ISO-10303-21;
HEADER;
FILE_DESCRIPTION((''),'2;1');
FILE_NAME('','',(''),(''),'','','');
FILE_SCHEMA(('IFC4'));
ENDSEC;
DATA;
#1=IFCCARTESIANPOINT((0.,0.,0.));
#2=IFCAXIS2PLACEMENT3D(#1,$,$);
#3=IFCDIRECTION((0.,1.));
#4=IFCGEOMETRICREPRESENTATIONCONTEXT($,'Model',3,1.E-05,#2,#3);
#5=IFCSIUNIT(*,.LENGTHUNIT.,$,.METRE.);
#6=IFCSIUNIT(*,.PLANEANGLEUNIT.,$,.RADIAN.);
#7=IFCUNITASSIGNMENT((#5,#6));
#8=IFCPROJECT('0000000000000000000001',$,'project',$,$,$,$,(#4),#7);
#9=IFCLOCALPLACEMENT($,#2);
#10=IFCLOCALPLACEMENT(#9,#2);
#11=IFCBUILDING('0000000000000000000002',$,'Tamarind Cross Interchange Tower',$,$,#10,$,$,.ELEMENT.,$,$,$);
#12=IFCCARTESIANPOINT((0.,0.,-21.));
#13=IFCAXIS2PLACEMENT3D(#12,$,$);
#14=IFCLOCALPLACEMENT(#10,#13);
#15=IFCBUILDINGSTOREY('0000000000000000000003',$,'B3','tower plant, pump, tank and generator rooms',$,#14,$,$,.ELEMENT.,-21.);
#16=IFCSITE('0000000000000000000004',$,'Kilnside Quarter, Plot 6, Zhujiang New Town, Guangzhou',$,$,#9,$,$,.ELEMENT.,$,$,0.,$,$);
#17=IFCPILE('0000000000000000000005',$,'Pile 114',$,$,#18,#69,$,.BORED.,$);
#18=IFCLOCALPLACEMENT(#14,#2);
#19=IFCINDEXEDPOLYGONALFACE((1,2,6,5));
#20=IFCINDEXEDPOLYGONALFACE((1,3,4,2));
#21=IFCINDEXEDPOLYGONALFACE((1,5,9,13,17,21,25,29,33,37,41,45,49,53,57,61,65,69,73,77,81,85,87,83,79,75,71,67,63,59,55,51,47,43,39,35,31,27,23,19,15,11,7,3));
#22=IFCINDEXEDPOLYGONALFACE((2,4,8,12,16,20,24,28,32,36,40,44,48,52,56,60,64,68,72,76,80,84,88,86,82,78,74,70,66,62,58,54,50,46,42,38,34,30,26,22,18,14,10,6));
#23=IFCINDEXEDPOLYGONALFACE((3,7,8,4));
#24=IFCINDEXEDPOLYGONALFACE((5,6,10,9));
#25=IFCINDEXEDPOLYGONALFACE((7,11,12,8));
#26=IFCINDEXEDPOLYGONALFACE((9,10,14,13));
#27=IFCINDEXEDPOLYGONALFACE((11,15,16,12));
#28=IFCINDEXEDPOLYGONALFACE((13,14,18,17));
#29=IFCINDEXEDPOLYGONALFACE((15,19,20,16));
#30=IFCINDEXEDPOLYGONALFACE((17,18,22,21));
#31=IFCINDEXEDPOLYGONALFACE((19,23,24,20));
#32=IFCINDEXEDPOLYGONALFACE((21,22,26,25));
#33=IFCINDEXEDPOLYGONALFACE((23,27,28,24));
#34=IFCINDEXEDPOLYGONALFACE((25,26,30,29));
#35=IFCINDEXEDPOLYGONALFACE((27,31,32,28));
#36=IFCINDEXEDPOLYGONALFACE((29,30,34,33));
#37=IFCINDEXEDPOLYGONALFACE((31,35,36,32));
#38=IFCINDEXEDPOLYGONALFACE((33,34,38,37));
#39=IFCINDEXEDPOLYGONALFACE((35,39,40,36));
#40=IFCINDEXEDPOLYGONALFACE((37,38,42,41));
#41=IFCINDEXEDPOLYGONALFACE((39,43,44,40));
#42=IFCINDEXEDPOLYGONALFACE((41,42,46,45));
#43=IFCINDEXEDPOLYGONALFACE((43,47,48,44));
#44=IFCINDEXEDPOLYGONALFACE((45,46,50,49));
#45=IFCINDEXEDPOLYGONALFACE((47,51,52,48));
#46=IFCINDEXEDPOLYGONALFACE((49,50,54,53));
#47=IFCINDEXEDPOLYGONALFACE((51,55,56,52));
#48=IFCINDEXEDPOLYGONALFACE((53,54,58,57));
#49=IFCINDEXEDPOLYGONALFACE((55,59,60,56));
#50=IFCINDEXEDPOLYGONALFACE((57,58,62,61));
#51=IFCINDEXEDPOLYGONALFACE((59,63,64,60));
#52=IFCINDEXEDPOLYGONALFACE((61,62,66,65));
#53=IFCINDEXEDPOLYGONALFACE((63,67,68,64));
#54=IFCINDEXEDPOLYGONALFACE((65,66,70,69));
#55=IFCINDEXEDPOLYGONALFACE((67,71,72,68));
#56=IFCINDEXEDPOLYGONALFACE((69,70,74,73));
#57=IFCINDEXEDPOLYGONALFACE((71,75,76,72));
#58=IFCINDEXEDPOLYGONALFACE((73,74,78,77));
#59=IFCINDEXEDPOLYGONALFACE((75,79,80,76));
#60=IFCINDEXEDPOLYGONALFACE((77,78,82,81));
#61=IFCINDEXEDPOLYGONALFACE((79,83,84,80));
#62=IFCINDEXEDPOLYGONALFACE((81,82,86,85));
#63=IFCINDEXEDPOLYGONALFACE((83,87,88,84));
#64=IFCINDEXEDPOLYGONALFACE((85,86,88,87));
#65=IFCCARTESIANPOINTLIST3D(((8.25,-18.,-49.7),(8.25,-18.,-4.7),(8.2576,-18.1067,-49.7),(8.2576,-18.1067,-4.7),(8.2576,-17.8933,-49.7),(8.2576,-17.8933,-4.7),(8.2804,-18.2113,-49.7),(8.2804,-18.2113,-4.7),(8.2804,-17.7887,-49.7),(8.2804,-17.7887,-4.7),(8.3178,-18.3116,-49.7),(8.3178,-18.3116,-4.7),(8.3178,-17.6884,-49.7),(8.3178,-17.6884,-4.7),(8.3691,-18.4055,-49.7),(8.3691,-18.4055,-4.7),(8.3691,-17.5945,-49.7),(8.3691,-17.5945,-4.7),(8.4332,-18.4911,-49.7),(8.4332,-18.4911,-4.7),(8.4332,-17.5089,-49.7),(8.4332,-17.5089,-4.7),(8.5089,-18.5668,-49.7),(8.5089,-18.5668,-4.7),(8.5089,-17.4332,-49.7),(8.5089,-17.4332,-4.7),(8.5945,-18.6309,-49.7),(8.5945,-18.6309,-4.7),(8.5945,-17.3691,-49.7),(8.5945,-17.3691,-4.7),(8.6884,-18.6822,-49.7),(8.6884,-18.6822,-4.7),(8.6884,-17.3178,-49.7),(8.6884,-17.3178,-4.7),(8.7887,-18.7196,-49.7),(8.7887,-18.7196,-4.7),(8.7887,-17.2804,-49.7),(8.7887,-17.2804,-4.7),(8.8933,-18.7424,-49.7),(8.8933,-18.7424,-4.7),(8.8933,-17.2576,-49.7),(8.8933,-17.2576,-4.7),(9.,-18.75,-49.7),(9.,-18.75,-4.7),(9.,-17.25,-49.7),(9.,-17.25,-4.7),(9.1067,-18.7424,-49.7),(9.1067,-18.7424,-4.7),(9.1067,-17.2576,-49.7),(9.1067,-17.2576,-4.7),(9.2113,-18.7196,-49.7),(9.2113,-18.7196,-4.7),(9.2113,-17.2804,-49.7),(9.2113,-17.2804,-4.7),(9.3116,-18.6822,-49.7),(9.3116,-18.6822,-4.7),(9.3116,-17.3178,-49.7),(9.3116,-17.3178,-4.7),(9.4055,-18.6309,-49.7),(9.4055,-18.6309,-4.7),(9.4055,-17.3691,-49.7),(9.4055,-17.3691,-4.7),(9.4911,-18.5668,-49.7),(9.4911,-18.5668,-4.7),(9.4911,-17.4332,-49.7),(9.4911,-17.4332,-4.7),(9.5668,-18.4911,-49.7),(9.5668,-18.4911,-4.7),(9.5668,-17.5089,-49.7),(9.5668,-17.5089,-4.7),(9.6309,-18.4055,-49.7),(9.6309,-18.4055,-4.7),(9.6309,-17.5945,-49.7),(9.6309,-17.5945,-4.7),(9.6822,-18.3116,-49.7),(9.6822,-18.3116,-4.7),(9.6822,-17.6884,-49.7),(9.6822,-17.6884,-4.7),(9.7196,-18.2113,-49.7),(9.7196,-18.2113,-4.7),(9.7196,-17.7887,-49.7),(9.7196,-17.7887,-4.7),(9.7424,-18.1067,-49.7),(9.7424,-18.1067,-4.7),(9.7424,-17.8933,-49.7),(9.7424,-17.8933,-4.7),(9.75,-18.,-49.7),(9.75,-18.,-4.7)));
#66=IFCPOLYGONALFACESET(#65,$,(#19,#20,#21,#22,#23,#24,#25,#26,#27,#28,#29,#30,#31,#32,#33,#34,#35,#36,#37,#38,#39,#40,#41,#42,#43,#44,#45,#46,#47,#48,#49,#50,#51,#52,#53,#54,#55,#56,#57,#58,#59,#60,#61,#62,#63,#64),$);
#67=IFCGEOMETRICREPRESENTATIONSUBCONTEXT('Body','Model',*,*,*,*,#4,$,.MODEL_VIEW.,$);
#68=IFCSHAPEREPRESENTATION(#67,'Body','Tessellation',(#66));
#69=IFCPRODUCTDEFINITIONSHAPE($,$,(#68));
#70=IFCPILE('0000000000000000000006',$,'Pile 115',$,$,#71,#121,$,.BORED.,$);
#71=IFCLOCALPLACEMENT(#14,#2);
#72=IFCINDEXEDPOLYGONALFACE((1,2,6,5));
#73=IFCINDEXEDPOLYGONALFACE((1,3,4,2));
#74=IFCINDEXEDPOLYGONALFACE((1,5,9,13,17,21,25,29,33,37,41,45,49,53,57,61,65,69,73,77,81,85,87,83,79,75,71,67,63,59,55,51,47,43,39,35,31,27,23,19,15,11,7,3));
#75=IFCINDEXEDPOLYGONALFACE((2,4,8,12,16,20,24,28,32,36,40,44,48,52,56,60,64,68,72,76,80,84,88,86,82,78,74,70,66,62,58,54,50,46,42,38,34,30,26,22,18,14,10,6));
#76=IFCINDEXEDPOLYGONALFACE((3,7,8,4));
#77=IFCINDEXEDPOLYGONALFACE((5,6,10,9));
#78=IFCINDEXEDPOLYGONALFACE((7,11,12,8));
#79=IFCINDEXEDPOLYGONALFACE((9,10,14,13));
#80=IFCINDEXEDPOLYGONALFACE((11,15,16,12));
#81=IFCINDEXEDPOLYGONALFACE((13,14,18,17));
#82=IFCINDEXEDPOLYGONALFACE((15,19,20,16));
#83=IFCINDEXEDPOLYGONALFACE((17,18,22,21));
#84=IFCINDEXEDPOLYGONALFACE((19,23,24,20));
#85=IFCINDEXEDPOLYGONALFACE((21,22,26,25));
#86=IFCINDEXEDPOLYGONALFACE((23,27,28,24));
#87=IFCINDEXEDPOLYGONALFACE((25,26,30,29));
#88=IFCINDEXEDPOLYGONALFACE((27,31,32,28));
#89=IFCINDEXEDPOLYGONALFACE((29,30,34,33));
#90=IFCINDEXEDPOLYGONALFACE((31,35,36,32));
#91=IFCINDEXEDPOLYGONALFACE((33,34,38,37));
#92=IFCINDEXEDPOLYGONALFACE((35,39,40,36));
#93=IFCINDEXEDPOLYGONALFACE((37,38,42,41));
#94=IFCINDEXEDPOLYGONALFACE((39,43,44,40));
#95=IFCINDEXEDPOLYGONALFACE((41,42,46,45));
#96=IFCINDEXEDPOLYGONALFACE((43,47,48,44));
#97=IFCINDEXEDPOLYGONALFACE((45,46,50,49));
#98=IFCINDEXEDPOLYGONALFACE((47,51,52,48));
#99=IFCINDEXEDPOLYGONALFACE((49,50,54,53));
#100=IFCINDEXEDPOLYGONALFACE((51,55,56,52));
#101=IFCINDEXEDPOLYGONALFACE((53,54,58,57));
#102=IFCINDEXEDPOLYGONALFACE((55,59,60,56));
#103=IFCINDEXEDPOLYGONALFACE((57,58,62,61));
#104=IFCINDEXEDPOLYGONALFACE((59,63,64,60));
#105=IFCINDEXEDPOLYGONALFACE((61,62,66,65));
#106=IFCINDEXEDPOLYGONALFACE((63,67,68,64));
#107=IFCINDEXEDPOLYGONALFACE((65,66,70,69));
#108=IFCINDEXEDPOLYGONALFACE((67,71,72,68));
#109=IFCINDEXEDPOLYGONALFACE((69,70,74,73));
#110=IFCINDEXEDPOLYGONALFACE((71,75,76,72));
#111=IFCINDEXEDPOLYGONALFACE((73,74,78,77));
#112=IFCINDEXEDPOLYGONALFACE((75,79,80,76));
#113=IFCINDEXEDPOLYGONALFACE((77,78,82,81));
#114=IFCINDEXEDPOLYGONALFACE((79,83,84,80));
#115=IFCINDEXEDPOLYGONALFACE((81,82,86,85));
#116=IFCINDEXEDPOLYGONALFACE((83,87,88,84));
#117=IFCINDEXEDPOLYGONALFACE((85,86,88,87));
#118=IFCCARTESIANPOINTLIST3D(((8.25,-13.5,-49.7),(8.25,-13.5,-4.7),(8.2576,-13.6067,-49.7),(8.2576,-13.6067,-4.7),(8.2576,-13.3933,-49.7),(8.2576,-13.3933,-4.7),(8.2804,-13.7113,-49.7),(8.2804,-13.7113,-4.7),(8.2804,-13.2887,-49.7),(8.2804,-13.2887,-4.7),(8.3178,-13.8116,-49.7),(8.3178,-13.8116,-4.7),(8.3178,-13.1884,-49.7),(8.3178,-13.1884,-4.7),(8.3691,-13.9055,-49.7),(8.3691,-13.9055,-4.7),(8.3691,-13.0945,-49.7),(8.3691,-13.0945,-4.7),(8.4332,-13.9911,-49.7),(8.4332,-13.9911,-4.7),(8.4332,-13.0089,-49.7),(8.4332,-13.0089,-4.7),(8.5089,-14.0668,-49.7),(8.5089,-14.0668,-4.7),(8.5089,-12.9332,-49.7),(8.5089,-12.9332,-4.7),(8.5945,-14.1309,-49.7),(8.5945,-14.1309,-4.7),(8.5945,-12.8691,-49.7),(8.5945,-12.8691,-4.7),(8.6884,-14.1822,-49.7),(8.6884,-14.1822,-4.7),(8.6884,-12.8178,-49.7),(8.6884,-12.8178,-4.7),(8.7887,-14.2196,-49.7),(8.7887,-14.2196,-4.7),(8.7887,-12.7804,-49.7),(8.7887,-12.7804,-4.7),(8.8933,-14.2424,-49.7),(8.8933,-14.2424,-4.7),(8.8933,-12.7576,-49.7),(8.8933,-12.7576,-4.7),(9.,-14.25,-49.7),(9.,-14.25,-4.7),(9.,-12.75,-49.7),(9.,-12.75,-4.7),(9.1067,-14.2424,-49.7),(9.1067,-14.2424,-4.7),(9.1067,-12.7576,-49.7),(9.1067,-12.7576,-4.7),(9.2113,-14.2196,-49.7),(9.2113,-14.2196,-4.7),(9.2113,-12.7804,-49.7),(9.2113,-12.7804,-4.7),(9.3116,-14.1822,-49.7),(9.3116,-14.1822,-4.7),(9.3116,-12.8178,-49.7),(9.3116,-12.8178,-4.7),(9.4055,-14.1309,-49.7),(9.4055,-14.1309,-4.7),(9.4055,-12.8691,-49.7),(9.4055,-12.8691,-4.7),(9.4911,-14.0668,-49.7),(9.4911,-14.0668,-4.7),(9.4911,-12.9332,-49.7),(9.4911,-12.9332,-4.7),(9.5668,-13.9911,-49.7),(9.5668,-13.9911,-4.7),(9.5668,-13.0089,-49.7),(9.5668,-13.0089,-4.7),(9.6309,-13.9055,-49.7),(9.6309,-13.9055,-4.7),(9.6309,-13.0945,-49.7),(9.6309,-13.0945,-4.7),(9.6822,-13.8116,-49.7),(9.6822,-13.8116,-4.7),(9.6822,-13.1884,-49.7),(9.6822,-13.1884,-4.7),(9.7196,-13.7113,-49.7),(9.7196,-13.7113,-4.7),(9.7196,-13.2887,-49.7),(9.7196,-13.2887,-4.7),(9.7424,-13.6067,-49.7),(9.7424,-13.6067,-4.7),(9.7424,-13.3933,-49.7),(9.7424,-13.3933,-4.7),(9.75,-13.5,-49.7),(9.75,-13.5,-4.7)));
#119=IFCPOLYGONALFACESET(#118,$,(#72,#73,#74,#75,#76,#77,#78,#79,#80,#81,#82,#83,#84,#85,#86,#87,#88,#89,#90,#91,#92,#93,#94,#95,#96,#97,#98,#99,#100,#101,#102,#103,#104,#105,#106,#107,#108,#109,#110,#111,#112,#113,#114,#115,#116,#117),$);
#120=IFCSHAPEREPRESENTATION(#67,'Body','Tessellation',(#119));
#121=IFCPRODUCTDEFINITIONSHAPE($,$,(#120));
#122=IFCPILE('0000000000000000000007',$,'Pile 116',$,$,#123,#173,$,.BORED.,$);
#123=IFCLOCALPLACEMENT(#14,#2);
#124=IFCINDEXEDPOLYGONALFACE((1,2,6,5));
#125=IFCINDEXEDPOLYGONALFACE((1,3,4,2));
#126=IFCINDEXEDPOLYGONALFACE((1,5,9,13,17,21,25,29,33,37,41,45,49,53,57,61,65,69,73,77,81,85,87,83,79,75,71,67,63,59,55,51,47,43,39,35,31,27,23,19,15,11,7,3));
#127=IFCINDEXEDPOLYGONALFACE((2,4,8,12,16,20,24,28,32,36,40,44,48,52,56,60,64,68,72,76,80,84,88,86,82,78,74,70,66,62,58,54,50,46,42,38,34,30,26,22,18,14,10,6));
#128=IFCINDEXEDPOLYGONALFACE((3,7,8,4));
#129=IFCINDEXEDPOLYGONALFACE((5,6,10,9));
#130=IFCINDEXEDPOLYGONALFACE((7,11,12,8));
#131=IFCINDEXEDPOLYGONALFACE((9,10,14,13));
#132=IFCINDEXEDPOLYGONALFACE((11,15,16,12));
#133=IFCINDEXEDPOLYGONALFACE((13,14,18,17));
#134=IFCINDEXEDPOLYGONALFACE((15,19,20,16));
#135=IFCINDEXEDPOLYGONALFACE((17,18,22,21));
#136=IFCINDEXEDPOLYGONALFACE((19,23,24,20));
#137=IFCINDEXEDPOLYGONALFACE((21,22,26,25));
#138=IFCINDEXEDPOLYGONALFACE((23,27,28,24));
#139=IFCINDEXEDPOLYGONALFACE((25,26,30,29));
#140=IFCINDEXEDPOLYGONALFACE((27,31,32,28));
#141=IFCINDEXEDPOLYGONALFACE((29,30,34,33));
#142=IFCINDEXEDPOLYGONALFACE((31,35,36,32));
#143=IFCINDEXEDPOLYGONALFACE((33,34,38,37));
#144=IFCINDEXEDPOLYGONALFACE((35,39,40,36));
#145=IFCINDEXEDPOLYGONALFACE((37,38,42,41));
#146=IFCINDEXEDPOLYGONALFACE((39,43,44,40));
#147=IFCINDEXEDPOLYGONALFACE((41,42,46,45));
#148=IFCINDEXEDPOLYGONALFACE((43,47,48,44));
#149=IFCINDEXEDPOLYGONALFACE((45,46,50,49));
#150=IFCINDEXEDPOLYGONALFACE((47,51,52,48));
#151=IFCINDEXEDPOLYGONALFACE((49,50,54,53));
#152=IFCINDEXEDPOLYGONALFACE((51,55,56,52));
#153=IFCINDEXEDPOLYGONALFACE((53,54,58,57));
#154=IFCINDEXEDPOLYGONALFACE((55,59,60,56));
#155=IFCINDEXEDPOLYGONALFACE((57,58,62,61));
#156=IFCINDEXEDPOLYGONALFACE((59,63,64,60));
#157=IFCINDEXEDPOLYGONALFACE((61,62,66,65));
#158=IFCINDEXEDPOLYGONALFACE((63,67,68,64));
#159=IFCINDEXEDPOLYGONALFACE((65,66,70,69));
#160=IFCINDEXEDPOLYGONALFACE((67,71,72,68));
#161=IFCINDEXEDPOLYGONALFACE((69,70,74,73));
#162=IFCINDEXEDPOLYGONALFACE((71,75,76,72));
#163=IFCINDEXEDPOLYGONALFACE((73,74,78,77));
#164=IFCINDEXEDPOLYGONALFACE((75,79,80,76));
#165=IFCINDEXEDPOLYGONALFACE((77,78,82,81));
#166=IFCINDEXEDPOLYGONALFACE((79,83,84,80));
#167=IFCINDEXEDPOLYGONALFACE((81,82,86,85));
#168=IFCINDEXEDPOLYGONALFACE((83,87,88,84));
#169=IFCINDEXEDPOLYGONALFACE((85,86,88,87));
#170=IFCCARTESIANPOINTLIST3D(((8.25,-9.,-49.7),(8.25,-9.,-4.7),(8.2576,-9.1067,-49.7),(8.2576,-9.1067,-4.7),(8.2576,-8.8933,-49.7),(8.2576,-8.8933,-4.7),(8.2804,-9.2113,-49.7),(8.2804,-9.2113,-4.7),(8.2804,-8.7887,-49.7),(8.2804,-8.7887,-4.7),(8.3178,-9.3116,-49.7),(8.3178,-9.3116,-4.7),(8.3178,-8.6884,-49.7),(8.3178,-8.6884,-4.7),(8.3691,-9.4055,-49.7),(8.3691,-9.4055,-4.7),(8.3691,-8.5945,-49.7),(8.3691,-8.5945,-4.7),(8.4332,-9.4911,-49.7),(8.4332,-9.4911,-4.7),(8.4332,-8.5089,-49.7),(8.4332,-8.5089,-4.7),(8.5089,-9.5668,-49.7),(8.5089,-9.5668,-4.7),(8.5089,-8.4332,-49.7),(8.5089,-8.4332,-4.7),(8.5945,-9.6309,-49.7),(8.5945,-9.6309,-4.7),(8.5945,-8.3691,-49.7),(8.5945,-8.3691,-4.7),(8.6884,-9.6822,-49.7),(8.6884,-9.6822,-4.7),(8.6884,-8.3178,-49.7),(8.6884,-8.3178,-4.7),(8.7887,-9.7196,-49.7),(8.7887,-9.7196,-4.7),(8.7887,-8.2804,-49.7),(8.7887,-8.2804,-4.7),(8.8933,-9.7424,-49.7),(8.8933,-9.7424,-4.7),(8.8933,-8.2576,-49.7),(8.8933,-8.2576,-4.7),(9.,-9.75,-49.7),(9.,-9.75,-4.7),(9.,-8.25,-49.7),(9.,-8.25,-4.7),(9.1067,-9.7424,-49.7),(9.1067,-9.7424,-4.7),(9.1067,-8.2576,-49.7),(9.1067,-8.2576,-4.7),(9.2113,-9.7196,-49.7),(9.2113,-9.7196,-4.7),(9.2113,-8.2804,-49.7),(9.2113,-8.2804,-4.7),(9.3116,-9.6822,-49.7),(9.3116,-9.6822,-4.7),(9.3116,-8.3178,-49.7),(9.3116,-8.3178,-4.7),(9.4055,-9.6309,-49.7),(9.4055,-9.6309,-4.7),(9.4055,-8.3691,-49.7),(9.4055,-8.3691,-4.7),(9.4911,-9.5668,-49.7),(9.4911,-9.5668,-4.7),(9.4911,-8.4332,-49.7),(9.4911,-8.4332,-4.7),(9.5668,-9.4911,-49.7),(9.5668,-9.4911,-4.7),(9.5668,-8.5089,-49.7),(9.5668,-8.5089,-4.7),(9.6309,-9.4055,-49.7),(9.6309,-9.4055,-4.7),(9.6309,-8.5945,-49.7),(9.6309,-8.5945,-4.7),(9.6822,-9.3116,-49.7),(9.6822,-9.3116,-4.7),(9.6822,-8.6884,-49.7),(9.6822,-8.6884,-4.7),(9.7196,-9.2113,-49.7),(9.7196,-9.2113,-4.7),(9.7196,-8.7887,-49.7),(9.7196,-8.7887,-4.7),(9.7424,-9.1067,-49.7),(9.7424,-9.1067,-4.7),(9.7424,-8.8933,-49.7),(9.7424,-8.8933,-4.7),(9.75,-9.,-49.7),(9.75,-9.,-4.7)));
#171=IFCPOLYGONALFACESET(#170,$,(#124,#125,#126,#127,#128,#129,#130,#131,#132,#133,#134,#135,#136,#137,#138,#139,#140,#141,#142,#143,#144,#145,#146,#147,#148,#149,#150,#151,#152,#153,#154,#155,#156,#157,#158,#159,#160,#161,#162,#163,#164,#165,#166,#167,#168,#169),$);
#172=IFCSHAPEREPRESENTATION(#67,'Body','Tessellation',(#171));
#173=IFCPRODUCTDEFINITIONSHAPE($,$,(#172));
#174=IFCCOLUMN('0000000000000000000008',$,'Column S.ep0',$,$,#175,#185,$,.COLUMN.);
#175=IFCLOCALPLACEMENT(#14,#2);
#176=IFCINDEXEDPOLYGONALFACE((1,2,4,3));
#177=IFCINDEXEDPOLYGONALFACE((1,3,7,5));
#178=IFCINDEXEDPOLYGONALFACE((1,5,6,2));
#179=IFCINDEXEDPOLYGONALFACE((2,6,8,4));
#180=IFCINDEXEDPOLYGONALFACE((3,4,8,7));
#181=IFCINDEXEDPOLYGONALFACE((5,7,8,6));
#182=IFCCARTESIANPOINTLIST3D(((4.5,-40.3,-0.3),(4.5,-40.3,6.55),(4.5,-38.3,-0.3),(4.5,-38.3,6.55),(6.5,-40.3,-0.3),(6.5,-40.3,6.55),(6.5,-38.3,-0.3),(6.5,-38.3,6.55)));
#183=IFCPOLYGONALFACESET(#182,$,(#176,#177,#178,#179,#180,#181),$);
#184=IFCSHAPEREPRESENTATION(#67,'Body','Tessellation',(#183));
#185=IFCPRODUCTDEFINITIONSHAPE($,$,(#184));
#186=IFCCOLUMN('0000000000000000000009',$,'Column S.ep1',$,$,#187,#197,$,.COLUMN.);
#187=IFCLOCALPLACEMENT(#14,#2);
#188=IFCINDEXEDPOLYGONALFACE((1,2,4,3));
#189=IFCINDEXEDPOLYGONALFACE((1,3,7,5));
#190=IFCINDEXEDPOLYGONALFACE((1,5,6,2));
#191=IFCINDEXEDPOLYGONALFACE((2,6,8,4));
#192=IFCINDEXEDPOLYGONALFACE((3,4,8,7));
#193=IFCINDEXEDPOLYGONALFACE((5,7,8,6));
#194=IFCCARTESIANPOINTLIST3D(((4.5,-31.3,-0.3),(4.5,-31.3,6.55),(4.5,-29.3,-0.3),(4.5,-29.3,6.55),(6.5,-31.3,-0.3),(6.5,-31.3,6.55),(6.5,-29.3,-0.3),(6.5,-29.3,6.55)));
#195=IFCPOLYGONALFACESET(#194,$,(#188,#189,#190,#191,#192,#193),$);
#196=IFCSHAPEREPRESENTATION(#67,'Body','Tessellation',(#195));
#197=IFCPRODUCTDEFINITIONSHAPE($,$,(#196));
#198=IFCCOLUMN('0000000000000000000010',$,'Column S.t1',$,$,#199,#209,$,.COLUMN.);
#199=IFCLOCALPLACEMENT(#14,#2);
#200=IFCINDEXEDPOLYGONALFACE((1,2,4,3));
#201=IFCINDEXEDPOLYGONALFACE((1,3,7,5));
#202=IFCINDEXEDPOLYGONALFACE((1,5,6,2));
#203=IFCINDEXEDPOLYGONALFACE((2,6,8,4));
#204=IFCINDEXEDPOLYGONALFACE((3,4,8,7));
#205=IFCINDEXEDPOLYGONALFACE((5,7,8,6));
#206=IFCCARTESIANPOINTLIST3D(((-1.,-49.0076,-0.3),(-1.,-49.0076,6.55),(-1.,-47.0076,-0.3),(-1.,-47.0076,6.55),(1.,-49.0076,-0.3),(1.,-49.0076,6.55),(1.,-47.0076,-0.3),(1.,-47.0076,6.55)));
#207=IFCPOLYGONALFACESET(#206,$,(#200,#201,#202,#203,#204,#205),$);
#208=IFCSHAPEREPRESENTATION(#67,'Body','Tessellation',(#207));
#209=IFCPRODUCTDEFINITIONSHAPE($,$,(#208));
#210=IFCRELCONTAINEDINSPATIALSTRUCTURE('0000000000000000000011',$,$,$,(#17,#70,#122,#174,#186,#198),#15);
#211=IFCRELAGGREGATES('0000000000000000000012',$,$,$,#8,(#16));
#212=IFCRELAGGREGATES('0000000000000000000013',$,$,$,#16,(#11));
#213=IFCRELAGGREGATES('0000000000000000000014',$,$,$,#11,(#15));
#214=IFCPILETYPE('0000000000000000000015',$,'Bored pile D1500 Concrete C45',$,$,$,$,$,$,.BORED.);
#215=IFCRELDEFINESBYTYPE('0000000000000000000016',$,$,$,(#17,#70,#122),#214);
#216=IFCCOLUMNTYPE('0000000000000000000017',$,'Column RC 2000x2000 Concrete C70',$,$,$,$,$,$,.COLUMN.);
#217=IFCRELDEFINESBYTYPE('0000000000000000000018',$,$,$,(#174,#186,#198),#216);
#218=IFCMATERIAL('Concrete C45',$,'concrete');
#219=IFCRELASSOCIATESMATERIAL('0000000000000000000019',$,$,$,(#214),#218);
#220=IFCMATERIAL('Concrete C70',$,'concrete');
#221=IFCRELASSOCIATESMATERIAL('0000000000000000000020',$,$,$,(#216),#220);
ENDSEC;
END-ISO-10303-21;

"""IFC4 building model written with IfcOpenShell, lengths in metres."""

from ifc_helpers import new_model, si_unit, direction, frame, origin, origin_2d, place, context, subcontext, project, spatial, rectangle, circle, extrude, material, material_profile, profile_set, type_object, element, save


model = new_model("IFC4")

# Units and contexts
model_context = context("Model", 3, precision=1e-05, world=origin(), true_north=direction((0.0, 1.0)))
body_context = subcontext(model_context, "Body", "Model", "MODEL_VIEW")
ifc_project = project(units=[si_unit("LENGTHUNIT", "METRE"), si_unit("PLANEANGLEUNIT", "RADIAN")], contexts=[model_context])

# Site, building, storey
site_placement = place(None, origin())
site = spatial("IfcSite", under=ifc_project, at=site_placement, Name="Kilnside Quarter, Plot 6, Zhujiang New Town, Guangzhou", CompositionType="ELEMENT", RefElevation=0.0)
building_placement = place(site_placement, origin())
building = spatial("IfcBuilding", under=site, at=building_placement, Name="Tamarind Cross Interchange Tower", CompositionType="ELEMENT")
storey_placement = place(building_placement, frame((0.0, 0.0, -21.0)))
storey = spatial("IfcBuildingStorey", under=building, at=storey_placement, Name="B3", Description="tower plant, pump, tank and generator rooms", CompositionType="ELEMENT", Elevation=-21.0)

# Piles
ifc_material_1 = material(Name="Concrete C45", Category="concrete")
ifc_material_profile_1 = material_profile(ifc_material_1, circle(Radius=0.75, at=origin_2d()), Name="RC D1500")
ifc_profile_set_1 = profile_set([ifc_material_profile_1], Name="Concrete C45")
pile_type = type_object("IfcPileType", Name="Bored pile D1500 Concrete C45", PredefinedType="BORED", material=ifc_profile_set_1)
for number, where, z_axis, x_axis, name in (
    (1, (9.0, -18.0, -4.7), (0.0, 0.0, -1.0), (1.0, 0.0, 0.0), "Pile 114"),
    (2, (9.0, -13.5, -4.7), (0.0, 0.0, -1.0), (1.0, 0.0, 0.0), "Pile 115"),
    (3, (9.0, -9.0, -4.7), (0.0, 0.0, -1.0), (1.0, 0.0, 0.0), "Pile 116"),
):
    element("IfcPile", number, at=place(storey_placement, frame(where, z_axis=z_axis, x_axis=x_axis)), inside=storey, type_object=pile_type, Name=name, PredefinedType="BORED", context=body_context, shape_type="SweptSolid", body=[
        extrude(circle(Radius=0.75, at=origin_2d()), origin(), (0.0, 0.0, 1.0), 45.0),
    ])

# Columns
ifc_material_2 = material(Name="Concrete C70", Category="concrete")
ifc_material_profile_2 = material_profile(ifc_material_2, rectangle(XDim=2.0, YDim=2.0, at=origin_2d()), Name="RC 2000x2000")
ifc_profile_set_2 = profile_set([ifc_material_profile_2], Name="Concrete C70")
column_type_1 = type_object("IfcColumnType", Name="Column RC 2000x2000 Concrete C70", PredefinedType="COLUMN", material=ifc_profile_set_2)
for number, where, z_axis, x_axis, name in (
    (4, (5.5, -39.3, -0.3), (0.0, 0.0, 1.0), (1.0, 0.0, 0.0), "Column S.ep0"),
    (5, (5.5, -30.3, -0.3), (0.0, 0.0, 1.0), (1.0, 0.0, 0.0), "Column S.ep1"),
    (6, (0.0, -48.0076, -0.3), (0.0, 0.0, 1.0), (1.0, 0.0, 0.0), "Column S.t1"),
):
    element("IfcColumn", number, at=place(storey_placement, frame(where, z_axis=z_axis, x_axis=x_axis)), inside=storey, type_object=column_type_1, Name=name, PredefinedType="COLUMN", context=body_context, shape_type="SweptSolid", body=[
        extrude(rectangle(XDim=2.0, YDim=2.0, at=origin_2d()), origin(), (0.0, 0.0, 1.0), 6.8501),
    ])

save(model, "model.ifc")
